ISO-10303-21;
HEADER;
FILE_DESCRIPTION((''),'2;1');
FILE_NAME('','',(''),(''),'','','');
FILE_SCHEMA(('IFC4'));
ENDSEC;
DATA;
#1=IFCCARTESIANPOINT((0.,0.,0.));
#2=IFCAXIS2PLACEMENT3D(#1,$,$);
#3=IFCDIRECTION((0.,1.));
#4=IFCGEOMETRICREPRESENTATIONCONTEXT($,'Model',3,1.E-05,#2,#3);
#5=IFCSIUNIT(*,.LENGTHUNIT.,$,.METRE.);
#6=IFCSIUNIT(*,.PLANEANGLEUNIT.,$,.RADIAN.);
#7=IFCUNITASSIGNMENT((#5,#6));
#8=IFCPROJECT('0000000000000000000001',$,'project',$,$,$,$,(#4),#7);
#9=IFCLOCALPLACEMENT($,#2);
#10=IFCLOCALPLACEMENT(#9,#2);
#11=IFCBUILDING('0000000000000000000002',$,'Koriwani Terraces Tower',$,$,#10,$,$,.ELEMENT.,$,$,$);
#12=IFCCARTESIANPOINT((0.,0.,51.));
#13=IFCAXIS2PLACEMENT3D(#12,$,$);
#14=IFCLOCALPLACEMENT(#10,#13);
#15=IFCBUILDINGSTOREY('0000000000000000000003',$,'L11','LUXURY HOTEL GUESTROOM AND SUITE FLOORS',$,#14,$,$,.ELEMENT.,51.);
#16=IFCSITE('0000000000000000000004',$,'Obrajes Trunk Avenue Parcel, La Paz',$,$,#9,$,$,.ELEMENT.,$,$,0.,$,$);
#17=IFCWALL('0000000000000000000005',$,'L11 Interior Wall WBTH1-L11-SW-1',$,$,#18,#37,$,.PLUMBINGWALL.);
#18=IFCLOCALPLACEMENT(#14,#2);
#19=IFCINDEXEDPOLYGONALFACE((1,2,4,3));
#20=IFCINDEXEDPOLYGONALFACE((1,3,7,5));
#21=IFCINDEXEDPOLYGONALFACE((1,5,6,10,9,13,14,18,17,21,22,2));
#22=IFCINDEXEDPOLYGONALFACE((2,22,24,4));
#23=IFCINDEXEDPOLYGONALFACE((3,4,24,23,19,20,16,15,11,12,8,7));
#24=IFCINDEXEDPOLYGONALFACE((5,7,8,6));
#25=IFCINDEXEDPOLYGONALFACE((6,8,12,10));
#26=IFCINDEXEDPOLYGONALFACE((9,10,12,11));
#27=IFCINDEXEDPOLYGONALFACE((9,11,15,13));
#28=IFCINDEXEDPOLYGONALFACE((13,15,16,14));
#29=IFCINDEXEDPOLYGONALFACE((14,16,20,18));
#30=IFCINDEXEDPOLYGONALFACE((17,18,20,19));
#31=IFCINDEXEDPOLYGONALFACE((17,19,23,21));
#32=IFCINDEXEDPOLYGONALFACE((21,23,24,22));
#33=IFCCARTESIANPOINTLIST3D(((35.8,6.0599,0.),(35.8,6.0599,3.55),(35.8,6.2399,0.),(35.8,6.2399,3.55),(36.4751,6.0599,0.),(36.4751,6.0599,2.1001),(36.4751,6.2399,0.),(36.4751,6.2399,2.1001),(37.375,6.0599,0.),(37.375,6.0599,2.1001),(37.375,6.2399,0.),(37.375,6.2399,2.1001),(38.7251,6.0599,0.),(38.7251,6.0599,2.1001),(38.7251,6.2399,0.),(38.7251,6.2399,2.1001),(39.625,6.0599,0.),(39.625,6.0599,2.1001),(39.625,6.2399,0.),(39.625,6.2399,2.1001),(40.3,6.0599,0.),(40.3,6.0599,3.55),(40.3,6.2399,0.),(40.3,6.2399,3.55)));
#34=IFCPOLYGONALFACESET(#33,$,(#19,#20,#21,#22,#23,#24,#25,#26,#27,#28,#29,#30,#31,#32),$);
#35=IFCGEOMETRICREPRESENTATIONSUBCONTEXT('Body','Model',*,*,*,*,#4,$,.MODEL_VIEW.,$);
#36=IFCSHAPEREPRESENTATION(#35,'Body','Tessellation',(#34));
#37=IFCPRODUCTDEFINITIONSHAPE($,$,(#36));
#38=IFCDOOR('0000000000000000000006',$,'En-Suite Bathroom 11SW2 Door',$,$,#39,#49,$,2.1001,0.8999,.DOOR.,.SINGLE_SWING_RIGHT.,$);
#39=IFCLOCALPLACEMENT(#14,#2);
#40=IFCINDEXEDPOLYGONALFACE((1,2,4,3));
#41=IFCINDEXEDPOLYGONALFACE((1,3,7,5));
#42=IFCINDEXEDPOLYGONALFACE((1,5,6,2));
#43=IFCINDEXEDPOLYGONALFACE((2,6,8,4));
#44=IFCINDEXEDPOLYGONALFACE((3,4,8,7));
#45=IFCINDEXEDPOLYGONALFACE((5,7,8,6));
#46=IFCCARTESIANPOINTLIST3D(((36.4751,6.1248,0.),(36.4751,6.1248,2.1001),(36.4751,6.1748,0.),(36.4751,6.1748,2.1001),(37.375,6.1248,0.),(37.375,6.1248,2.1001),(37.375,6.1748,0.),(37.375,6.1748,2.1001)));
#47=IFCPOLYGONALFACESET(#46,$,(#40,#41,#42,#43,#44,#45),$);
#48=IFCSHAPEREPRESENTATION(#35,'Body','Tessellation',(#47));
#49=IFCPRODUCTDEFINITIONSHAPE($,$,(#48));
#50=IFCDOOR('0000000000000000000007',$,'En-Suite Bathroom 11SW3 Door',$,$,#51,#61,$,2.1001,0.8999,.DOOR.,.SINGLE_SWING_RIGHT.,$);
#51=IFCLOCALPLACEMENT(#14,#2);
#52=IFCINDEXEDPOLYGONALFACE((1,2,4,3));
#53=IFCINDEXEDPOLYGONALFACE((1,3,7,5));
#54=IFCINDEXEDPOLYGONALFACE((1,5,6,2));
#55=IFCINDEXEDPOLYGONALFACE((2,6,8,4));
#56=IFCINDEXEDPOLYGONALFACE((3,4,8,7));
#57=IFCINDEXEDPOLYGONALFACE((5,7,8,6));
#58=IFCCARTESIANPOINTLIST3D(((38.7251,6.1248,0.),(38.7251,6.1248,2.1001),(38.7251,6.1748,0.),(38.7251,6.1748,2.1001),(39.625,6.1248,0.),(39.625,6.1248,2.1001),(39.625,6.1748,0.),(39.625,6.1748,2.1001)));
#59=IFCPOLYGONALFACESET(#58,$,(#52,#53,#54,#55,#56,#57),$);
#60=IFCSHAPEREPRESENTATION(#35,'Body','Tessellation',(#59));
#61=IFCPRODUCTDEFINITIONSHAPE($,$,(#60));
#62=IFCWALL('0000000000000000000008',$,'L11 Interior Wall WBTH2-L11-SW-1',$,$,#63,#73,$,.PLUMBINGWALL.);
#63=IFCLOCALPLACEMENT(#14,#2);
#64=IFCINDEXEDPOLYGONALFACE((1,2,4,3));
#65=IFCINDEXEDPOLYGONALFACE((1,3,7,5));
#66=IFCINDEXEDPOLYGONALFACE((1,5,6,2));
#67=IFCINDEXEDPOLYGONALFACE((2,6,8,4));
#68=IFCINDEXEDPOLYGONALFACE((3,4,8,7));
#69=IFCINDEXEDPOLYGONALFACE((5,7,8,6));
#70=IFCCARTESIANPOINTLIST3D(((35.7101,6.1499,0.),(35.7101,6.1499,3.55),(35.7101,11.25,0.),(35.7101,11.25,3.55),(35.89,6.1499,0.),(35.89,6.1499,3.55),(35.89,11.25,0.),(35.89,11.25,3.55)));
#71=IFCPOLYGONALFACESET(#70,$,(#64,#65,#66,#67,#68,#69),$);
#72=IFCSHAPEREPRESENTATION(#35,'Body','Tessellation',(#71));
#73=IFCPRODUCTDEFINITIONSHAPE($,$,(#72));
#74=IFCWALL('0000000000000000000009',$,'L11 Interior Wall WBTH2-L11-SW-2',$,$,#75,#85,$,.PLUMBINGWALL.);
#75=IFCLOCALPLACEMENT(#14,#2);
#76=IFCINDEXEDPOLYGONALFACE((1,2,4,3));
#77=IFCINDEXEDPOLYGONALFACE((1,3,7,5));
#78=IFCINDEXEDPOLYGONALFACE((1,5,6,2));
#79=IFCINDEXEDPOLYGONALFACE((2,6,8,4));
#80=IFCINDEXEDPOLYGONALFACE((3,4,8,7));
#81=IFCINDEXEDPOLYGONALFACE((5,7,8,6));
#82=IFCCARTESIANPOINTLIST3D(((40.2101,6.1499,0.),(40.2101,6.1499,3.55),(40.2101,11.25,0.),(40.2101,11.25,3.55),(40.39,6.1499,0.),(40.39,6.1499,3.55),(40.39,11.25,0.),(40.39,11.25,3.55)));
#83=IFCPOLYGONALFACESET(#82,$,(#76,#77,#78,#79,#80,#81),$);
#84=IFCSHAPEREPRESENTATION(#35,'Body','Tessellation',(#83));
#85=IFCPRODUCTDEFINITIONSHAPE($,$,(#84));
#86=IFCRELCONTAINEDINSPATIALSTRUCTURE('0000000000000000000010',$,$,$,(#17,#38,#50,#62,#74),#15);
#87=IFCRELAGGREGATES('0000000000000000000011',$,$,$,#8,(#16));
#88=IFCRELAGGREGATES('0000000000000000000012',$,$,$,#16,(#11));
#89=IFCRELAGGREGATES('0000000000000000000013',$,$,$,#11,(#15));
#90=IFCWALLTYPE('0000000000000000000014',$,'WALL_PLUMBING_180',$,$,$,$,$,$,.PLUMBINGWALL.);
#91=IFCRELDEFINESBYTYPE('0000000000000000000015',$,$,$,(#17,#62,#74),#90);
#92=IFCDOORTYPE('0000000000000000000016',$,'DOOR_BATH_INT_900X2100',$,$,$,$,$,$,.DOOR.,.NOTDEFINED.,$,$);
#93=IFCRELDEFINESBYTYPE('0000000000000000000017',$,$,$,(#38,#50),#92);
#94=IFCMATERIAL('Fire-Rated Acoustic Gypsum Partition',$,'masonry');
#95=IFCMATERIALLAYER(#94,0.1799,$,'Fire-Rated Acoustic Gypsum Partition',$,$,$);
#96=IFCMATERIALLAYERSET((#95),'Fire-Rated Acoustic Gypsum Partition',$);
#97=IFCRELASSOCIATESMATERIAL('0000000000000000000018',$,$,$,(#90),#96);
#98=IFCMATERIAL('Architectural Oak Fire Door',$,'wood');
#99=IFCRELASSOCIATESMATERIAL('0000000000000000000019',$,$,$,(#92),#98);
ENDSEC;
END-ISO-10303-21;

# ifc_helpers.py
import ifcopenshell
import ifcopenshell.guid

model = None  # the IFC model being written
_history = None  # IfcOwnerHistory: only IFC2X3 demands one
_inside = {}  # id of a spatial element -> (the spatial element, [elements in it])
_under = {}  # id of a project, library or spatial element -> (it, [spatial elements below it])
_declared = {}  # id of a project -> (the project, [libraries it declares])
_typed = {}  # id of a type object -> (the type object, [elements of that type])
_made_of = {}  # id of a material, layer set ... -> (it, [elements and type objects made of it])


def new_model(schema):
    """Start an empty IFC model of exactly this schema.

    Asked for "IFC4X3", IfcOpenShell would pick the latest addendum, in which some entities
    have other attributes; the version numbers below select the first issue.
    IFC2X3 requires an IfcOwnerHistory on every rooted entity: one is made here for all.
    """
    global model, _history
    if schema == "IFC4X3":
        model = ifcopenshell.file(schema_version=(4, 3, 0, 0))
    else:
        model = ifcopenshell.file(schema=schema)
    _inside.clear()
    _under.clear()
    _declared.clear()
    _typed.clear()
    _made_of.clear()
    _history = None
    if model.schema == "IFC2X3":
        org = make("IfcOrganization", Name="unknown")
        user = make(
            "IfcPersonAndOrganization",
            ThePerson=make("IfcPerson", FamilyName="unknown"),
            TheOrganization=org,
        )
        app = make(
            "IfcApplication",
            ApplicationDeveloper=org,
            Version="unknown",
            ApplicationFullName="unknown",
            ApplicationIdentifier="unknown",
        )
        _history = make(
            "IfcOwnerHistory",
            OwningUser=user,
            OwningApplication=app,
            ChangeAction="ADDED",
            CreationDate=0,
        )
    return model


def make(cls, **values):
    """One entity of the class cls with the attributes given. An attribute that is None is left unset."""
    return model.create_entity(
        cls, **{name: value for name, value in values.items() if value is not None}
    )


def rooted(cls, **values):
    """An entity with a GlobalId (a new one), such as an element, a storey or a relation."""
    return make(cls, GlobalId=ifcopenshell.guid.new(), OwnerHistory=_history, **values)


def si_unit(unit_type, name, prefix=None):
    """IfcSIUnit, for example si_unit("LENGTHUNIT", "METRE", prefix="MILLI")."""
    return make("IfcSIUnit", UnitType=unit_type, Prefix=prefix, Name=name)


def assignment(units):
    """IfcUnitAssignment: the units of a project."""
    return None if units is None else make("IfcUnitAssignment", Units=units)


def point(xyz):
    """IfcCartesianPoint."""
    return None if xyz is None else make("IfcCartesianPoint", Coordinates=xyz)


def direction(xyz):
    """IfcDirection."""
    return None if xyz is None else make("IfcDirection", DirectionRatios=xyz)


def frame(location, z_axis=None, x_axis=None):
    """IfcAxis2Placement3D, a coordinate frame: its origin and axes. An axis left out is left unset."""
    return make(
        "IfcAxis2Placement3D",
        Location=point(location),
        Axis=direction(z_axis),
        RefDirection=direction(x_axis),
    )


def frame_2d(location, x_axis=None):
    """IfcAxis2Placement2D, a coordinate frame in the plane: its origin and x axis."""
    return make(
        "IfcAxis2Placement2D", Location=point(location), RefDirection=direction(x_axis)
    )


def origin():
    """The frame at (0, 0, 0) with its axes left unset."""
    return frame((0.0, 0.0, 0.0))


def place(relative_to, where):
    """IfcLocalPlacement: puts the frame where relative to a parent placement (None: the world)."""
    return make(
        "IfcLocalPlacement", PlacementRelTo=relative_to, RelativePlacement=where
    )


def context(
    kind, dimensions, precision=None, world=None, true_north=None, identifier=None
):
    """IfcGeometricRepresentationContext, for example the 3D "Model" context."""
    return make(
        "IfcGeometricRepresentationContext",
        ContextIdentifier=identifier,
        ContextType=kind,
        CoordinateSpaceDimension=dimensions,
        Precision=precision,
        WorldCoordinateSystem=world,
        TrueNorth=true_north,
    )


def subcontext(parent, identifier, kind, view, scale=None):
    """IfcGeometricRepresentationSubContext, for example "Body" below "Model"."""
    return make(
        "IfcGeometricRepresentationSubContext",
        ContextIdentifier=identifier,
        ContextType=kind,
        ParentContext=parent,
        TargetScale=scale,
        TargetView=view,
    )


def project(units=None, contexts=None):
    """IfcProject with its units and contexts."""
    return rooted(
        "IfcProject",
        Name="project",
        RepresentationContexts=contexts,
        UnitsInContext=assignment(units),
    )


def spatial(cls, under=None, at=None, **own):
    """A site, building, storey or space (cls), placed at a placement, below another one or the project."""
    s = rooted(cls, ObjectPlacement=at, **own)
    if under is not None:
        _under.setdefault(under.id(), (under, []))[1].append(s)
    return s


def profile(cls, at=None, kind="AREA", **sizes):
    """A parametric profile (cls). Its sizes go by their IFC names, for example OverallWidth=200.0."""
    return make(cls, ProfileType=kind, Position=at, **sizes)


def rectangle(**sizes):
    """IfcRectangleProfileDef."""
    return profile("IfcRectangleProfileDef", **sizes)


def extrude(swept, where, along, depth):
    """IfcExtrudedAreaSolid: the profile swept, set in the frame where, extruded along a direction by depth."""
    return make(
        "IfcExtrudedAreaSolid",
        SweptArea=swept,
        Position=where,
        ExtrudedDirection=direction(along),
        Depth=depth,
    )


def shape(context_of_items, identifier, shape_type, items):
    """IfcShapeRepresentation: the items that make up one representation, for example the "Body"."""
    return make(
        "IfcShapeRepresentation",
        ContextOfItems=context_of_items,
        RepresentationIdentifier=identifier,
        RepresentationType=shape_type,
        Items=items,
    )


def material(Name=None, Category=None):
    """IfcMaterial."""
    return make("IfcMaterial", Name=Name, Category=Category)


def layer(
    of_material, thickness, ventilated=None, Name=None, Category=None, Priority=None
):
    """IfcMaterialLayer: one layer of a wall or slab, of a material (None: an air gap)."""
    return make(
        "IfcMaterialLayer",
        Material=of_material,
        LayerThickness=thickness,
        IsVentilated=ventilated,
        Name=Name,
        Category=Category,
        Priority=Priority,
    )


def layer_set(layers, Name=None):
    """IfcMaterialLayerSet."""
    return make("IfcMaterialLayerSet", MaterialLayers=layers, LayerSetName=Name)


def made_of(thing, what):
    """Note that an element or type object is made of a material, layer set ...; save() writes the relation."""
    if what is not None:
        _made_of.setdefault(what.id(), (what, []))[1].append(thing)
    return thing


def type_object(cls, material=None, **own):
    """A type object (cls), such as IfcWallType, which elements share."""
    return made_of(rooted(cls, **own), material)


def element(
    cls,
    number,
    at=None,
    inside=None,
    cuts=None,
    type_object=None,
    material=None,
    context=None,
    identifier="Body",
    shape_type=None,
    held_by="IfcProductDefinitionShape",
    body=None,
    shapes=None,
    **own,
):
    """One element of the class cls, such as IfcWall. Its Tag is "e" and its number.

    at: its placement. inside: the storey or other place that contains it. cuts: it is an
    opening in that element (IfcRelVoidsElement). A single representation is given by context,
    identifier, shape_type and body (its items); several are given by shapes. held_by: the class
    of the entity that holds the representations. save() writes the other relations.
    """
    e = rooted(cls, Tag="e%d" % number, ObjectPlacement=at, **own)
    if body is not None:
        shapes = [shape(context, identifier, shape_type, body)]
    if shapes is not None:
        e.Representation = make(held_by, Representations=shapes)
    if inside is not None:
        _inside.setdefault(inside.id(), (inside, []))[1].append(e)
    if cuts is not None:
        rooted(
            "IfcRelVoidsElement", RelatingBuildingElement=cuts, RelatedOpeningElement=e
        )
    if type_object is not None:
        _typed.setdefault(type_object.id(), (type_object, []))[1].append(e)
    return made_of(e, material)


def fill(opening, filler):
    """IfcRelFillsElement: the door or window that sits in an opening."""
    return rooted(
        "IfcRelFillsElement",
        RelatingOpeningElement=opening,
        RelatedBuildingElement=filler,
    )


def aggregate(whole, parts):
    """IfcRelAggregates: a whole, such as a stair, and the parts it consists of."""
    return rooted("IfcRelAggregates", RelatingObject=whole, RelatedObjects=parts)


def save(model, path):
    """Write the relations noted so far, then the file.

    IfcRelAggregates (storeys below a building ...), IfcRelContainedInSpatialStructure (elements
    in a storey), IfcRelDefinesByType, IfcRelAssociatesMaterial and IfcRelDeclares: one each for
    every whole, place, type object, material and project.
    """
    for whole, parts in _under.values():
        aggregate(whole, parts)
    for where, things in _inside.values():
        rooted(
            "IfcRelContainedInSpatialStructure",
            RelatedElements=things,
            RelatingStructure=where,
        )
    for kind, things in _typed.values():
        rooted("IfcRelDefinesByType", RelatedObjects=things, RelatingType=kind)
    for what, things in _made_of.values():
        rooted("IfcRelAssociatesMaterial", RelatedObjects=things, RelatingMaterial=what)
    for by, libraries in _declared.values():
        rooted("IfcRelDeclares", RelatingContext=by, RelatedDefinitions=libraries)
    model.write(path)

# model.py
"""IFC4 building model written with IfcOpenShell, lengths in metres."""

from ifc_helpers import new_model, si_unit, direction, frame, frame_2d, origin, place, context, subcontext, project, spatial, rectangle, extrude, material, layer, layer_set, type_object, element, fill, save


model = new_model("IFC4")

# Units and contexts
model_context = context("Model", 3, precision=1e-05, world=origin(), true_north=direction((0.0, 1.0)))
body_context = subcontext(model_context, "Body", "Model", "MODEL_VIEW")
ifc_project = project(units=[si_unit("LENGTHUNIT", "METRE"), si_unit("PLANEANGLEUNIT", "RADIAN")], contexts=[model_context])

# Site, building, storey
site_placement = place(None, origin())
site = spatial("IfcSite", under=ifc_project, at=site_placement, Name="Obrajes Trunk Avenue Parcel, La Paz", CompositionType="ELEMENT", RefElevation=0.0)
building_placement = place(site_placement, origin())
building = spatial("IfcBuilding", under=site, at=building_placement, Name="Koriwani Terraces Tower", CompositionType="ELEMENT")
storey_placement = place(building_placement, frame((0.0, 0.0, 51.0)))
storey = spatial("IfcBuildingStorey", under=building, at=storey_placement, Name="L11", Description="LUXURY HOTEL GUESTROOM AND SUITE FLOORS", CompositionType="ELEMENT", Elevation=51.0)

# Shared definitions
ifc_material_1 = material(Name="Fire-Rated Acoustic Gypsum Partition", Category="masonry")
ifc_layer_1 = layer(ifc_material_1, 0.1799, Name="Fire-Rated Acoustic Gypsum Partition")
ifc_layer_set_1 = layer_set([ifc_layer_1], Name="Fire-Rated Acoustic Gypsum Partition")
wall_type_1 = type_object("IfcWallType", Name="WALL_PLUMBING_180", PredefinedType="PLUMBINGWALL", material=ifc_layer_set_1)

# Wall, openings, doors
wall_1_placement = place(storey_placement, frame((35.8, 6.1499, 0.0), z_axis=(0.0, 0.0, 1.0), x_axis=(1.0, 0.0, 0.0)))
wall_1 = element("IfcWall", 1, at=wall_1_placement, inside=storey, type_object=wall_type_1, Name="L11 Interior Wall WBTH1-L11-SW-1", PredefinedType="PLUMBINGWALL", context=body_context, shape_type="SweptSolid", body=[
    extrude(rectangle(XDim=4.5, YDim=0.1799, at=frame_2d((2.25, 0.0))), origin(), (0.0, 0.0, 1.0), 3.55),
])
opening_1_placement = place(wall_1_placement, frame((0.675, 0.0, 0.0)))
opening_1 = element("IfcOpeningElement", 2, at=opening_1_placement, cuts=wall_1, PredefinedType="OPENING", context=body_context, shape_type="SweptSolid", body=[
    extrude(rectangle(XDim=0.8999, YDim=2.1001, at=frame_2d((0.45, 1.05))), frame((0.0, 0.1001, 0.0), z_axis=(0.0, -1.0, 0.0), x_axis=(1.0, 0.0, 0.0)), (0.0, 0.0, 1.0), 0.2),
])
opening_2_placement = place(wall_1_placement, frame((2.925, 0.0, 0.0)))
opening_2 = element("IfcOpeningElement", 3, at=opening_2_placement, cuts=wall_1, PredefinedType="OPENING", context=body_context, shape_type="SweptSolid", body=[
    extrude(rectangle(XDim=0.8999, YDim=2.1001, at=frame_2d((0.45, 1.05))), frame((0.0, 0.1001, 0.0), z_axis=(0.0, -1.0, 0.0), x_axis=(1.0, 0.0, 0.0)), (0.0, 0.0, 1.0), 0.2),
])
ifc_material_2 = material(Name="Architectural Oak Fire Door", Category="wood")
door_type = type_object("IfcDoorType", Name="DOOR_BATH_INT_900X2100", OperationType="NOTDEFINED", PredefinedType="DOOR", material=ifc_material_2)
door_1_placement = place(opening_1_placement, origin())
door_1 = element("IfcDoor", 4, at=door_1_placement, inside=storey, type_object=door_type, Name="En-Suite Bathroom 11SW2 Door", OperationType="SINGLE_SWING_RIGHT", OverallHeight=2.1001, OverallWidth=0.8999, PredefinedType="DOOR", context=body_context, shape_type="SweptSolid", body=[
    extrude(rectangle(XDim=0.8999, YDim=2.1001, at=frame_2d((0.45, 1.05))), frame((0.0, 0.0249, 0.0), z_axis=(0.0, -1.0, 0.0), x_axis=(1.0, 0.0, 0.0)), (0.0, 0.0, 1.0), 0.05),
])
fill(opening_1, door_1)
door_2_placement = place(opening_2_placement, origin())
door_2 = element("IfcDoor", 5, at=door_2_placement, inside=storey, type_object=door_type, Name="En-Suite Bathroom 11SW3 Door", OperationType="SINGLE_SWING_RIGHT", OverallHeight=2.1001, OverallWidth=0.8999, PredefinedType="DOOR", context=body_context, shape_type="SweptSolid", body=[
    extrude(rectangle(XDim=0.8999, YDim=2.1001, at=frame_2d((0.45, 1.05))), frame((0.0, 0.0249, 0.0), z_axis=(0.0, -1.0, 0.0), x_axis=(1.0, 0.0, 0.0)), (0.0, 0.0, 1.0), 0.05),
])
fill(opening_2, door_2)

# Walls
for number, where, z_axis, x_axis, name in (
    (6, (35.8, 6.1499, 0.0), (0.0, 0.0, 1.0), (0.0, 1.0, 0.0), "L11 Interior Wall WBTH2-L11-SW-1"),
    (7, (40.3, 6.1499, 0.0), (0.0, 0.0, 1.0), (0.0, 1.0, 0.0), "L11 Interior Wall WBTH2-L11-SW-2"),
):
    element("IfcWall", number, at=place(storey_placement, frame(where, z_axis=z_axis, x_axis=x_axis)), inside=storey, type_object=wall_type_1, Name=name, PredefinedType="PLUMBINGWALL", context=body_context, shape_type="SweptSolid", body=[
        extrude(rectangle(XDim=5.1001, YDim=0.1799, at=frame_2d((2.55, 0.0))), origin(), (0.0, 0.0, 1.0), 3.55),
    ])

save(model, "model.ifc")
